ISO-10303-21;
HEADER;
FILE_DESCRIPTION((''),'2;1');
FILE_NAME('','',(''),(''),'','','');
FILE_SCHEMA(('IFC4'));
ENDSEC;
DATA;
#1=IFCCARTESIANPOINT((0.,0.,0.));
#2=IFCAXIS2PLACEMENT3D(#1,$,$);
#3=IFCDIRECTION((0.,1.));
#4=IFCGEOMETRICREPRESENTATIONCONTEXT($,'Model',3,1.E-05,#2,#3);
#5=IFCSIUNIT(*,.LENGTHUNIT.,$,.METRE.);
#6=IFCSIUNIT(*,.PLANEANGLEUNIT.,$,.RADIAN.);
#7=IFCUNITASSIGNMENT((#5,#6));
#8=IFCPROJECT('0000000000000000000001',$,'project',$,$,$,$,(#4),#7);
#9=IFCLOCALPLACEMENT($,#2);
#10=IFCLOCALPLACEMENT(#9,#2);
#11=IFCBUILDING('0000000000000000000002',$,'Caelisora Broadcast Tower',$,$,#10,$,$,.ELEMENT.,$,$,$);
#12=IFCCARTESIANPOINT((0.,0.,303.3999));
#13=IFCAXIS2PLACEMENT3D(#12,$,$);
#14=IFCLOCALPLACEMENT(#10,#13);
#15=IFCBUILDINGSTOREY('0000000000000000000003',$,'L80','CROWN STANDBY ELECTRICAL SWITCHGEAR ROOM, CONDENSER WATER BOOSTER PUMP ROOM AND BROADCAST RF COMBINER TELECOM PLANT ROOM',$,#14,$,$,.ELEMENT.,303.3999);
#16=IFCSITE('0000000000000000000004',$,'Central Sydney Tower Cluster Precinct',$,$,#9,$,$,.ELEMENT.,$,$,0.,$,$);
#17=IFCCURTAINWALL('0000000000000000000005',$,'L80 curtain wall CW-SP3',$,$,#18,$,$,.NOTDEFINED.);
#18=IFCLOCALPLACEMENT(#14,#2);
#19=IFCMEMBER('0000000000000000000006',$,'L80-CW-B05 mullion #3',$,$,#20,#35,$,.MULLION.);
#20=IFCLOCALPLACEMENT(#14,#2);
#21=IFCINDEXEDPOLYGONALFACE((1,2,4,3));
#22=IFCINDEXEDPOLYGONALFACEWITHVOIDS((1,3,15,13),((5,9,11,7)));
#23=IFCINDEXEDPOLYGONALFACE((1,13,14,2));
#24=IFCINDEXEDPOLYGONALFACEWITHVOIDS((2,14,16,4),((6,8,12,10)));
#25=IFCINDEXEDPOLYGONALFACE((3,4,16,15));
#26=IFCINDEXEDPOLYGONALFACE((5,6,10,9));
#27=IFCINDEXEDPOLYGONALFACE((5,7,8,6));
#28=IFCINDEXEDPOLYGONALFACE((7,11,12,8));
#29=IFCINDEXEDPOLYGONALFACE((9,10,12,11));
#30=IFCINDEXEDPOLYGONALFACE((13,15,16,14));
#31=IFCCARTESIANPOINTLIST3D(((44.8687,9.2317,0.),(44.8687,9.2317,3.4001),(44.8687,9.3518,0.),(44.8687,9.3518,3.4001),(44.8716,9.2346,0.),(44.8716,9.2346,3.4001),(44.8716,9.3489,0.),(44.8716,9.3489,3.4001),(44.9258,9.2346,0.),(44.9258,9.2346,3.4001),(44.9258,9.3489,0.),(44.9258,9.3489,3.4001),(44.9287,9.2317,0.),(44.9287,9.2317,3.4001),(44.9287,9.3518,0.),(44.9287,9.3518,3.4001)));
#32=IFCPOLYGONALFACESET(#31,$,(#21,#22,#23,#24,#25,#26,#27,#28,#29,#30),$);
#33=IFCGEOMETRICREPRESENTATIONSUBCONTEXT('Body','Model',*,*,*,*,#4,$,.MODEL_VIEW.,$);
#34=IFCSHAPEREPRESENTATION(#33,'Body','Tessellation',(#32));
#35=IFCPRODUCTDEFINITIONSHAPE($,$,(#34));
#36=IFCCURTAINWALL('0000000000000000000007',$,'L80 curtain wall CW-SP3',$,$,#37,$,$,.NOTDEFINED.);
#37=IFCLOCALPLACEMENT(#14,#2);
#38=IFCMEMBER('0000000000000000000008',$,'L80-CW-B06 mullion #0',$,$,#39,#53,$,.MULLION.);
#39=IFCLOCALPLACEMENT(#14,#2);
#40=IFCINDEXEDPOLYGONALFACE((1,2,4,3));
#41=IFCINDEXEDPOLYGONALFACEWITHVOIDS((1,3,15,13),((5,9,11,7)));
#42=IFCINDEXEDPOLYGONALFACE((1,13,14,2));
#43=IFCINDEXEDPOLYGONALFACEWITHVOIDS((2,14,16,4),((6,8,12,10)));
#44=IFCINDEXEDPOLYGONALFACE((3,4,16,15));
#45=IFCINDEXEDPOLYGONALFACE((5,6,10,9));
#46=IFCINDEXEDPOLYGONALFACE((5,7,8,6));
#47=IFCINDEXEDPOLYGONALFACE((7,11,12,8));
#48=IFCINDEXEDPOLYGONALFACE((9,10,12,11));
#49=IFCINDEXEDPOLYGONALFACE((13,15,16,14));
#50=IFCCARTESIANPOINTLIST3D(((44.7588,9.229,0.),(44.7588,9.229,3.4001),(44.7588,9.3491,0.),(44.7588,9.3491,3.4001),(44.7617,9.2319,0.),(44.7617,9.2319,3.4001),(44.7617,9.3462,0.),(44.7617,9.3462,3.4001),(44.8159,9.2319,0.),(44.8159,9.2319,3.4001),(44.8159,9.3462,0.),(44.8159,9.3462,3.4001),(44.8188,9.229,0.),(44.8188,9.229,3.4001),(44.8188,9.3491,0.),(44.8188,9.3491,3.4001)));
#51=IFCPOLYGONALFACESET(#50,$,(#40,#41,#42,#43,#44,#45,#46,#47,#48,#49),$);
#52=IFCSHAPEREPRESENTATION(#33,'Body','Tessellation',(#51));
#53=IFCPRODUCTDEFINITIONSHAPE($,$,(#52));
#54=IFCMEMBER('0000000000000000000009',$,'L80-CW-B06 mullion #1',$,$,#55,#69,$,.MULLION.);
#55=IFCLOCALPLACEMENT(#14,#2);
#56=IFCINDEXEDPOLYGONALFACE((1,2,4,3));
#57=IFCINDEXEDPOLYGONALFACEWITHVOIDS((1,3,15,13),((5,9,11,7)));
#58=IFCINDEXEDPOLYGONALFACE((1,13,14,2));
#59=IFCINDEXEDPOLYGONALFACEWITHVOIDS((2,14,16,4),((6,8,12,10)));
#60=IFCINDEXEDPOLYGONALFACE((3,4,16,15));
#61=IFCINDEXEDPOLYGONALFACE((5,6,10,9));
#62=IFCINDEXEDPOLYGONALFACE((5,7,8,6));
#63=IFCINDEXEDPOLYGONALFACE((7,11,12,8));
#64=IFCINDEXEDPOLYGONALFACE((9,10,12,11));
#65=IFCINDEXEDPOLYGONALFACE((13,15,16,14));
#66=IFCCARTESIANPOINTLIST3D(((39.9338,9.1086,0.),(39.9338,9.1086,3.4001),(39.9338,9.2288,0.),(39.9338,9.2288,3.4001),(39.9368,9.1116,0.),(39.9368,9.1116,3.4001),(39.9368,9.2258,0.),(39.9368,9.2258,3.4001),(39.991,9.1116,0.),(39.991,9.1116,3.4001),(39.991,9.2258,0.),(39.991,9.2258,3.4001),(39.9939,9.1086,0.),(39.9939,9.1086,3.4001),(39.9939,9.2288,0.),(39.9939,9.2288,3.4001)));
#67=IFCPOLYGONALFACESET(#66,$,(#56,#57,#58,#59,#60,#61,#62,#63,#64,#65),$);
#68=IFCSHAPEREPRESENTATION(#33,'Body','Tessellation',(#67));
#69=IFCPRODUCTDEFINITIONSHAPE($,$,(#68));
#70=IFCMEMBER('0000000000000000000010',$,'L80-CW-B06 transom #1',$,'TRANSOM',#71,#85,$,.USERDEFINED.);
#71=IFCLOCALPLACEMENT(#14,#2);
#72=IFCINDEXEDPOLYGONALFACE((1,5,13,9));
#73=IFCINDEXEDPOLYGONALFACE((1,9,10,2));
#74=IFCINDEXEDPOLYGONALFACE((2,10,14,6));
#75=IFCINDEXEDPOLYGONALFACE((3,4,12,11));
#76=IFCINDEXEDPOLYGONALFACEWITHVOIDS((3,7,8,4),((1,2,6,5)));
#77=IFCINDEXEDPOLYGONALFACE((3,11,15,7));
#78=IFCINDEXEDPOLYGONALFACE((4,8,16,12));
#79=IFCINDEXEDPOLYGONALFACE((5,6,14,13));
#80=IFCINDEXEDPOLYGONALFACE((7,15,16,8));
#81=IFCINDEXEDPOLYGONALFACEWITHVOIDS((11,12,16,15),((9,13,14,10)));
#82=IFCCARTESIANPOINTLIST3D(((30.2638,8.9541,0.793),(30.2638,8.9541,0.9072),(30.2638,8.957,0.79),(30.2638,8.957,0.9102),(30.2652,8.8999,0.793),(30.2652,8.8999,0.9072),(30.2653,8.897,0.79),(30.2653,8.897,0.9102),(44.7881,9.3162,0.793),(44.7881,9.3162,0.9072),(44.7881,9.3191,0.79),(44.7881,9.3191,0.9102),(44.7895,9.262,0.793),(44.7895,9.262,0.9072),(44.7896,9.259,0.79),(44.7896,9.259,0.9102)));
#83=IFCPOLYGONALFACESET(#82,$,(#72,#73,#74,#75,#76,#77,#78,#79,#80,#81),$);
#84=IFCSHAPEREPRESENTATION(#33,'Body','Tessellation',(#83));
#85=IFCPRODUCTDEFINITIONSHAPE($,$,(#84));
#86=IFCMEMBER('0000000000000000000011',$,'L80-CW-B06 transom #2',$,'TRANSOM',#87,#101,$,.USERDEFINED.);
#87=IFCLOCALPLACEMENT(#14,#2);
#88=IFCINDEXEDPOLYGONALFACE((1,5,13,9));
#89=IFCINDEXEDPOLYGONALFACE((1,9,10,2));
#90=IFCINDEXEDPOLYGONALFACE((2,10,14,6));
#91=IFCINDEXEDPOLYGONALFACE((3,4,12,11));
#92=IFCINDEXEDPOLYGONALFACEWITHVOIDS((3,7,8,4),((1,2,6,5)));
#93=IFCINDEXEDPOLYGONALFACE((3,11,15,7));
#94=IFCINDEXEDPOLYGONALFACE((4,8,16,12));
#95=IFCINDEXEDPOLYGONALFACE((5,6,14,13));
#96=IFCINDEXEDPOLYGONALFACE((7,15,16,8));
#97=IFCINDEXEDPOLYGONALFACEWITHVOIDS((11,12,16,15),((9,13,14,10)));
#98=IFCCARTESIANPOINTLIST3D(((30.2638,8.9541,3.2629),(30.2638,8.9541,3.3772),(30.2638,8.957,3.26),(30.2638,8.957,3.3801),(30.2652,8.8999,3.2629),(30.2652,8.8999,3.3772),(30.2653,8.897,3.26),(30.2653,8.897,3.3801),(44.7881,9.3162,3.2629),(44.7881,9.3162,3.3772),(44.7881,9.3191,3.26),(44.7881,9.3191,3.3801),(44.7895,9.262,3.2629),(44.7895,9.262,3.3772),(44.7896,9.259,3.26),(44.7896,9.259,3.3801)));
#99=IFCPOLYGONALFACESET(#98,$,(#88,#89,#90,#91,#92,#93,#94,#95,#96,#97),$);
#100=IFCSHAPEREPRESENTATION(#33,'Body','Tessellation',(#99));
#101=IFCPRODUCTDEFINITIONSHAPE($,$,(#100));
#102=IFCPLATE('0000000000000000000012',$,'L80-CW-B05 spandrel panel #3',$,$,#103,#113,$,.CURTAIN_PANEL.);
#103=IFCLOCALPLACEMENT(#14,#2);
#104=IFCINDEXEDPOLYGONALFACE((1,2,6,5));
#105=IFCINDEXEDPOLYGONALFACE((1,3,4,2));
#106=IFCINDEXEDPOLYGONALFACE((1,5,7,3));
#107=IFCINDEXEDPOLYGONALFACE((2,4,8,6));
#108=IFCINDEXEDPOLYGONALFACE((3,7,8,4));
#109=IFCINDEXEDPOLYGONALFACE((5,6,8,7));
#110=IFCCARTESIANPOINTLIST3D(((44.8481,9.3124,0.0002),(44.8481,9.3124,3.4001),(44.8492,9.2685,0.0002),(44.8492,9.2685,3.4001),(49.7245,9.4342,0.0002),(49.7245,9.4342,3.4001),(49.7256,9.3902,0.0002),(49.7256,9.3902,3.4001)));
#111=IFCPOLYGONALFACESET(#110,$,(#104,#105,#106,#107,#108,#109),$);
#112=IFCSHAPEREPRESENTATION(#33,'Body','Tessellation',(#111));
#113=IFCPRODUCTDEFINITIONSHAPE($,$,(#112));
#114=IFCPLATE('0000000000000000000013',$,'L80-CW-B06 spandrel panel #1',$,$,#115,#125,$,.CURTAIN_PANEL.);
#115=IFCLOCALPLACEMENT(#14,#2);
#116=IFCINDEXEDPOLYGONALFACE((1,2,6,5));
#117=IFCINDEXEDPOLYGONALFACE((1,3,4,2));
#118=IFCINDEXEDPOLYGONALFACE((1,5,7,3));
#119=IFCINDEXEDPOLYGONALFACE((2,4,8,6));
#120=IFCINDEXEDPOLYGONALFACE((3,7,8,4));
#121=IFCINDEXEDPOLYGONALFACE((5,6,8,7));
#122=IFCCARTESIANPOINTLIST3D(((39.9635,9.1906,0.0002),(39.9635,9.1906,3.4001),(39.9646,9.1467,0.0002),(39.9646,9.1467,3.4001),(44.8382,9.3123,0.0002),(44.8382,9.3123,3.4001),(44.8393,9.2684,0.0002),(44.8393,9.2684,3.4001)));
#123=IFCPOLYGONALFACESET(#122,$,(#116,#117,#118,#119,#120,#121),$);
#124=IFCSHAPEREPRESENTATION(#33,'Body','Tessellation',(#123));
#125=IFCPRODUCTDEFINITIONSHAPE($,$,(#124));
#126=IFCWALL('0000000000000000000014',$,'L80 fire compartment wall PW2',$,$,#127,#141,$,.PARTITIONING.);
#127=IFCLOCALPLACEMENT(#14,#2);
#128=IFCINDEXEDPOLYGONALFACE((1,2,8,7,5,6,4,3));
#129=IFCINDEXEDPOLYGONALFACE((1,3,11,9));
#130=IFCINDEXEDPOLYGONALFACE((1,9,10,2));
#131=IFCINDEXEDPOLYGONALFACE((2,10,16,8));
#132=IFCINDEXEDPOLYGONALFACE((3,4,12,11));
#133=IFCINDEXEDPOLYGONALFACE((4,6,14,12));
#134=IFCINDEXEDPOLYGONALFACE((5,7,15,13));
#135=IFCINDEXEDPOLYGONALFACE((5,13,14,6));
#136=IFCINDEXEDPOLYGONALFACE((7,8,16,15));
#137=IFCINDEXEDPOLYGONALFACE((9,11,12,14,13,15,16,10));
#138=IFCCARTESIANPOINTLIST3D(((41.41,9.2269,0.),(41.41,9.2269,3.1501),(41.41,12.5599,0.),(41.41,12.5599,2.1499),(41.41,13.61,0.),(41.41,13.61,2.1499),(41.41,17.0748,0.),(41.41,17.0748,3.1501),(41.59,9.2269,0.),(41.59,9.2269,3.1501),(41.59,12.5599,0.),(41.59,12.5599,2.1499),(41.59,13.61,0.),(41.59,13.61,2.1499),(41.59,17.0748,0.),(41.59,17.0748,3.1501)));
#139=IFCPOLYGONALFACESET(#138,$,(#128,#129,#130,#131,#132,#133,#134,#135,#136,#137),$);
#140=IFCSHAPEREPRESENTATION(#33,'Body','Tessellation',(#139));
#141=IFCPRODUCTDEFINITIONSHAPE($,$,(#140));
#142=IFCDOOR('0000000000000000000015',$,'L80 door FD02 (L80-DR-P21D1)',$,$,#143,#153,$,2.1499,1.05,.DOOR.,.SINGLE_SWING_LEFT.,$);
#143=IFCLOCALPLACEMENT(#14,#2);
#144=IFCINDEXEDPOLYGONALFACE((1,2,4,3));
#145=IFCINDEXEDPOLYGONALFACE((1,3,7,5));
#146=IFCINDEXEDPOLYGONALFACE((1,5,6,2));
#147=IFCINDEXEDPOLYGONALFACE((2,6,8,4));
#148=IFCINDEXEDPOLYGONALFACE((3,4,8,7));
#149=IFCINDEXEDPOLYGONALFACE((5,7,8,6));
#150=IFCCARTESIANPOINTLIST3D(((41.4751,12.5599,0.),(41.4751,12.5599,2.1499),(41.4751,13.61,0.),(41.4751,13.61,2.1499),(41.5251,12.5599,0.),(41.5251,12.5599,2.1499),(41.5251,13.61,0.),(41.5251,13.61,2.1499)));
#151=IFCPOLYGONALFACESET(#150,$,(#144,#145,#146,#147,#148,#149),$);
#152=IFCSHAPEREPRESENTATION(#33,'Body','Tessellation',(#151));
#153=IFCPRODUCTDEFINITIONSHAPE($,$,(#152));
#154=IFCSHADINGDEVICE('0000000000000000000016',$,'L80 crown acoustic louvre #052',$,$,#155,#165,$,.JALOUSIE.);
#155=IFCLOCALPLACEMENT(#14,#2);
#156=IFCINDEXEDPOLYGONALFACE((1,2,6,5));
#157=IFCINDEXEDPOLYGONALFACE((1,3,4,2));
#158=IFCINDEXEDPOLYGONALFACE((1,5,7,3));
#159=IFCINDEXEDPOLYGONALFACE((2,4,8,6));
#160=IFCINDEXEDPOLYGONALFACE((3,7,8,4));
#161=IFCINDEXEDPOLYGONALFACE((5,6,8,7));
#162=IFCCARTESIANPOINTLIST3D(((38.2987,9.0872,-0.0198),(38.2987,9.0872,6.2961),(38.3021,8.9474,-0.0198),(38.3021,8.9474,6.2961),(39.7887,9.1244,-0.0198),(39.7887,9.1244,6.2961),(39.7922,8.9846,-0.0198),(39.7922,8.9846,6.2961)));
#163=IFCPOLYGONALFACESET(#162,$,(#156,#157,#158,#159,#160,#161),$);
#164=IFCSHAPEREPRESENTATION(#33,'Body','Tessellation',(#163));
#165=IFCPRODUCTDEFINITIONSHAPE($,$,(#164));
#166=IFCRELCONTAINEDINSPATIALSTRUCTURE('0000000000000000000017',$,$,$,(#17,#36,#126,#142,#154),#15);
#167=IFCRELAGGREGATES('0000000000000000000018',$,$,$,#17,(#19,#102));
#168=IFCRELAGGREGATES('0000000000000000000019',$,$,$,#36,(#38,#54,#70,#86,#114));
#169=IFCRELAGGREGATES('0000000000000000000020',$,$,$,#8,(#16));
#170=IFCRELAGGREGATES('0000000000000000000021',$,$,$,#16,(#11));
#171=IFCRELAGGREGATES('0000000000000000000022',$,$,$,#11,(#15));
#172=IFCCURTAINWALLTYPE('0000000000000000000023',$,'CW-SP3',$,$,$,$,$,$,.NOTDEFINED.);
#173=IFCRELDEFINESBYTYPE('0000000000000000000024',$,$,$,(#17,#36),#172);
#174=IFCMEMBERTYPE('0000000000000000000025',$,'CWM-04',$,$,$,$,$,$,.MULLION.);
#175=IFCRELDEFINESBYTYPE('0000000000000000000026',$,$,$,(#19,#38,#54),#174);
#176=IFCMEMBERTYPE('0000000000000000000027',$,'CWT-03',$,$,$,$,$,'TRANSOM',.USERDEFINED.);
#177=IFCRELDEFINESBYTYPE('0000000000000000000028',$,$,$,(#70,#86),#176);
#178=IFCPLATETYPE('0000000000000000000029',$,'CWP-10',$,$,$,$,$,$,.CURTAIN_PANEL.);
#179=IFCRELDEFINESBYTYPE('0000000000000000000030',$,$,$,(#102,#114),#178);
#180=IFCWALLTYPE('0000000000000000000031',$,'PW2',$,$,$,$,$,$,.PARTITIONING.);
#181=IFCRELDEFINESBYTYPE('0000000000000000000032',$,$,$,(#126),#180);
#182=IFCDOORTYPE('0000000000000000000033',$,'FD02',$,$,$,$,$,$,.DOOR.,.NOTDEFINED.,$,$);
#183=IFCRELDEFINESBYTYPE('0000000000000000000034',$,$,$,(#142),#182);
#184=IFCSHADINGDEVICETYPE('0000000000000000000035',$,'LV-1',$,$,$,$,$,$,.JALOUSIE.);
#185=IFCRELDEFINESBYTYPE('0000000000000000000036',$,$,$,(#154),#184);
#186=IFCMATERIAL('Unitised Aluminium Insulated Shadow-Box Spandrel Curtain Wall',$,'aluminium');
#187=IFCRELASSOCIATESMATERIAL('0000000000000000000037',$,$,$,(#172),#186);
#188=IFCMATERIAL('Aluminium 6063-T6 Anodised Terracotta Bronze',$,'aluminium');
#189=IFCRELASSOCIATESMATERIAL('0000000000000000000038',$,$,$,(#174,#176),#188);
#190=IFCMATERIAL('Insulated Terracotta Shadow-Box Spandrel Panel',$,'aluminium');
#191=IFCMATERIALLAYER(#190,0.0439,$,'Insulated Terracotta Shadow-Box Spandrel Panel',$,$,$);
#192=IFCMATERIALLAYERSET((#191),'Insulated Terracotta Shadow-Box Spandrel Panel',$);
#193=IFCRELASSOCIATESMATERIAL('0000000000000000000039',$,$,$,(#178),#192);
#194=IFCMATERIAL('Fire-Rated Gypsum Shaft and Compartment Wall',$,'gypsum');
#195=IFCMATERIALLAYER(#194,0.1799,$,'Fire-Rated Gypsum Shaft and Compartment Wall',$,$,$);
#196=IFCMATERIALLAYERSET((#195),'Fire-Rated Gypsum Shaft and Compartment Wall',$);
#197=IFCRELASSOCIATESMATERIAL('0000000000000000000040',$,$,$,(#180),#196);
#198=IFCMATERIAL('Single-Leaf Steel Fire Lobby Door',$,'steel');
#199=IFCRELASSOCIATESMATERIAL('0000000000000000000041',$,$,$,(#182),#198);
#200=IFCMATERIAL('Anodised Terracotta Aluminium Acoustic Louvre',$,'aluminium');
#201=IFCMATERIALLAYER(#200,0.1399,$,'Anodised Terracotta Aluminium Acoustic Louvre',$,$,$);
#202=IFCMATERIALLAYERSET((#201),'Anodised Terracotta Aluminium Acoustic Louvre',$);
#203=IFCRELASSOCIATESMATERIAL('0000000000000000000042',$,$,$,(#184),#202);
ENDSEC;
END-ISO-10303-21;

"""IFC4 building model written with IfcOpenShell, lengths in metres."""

from ifc_helpers import new_model, si_unit, direction, frame, frame_2d, origin, origin_2d, place, context, subcontext, project, spatial, rectangle, hollow_rectangle, extrude, source, transform, mapped, material, layer, layer_set, material_profile, profile_set, type_object, type_shapes, element, fill, aggregate, save


model = new_model("IFC4")

# Units and contexts
model_context = context("Model", 3, precision=1e-05, world=origin(), true_north=direction((0.0, 1.0)))
body_context = subcontext(model_context, "Body", "Model", "MODEL_VIEW")
ifc_project = project(units=[si_unit("LENGTHUNIT", "METRE"), si_unit("PLANEANGLEUNIT", "RADIAN")], contexts=[model_context])

# Site, building, storey
site_placement = place(None, origin())
site = spatial("IfcSite", under=ifc_project, at=site_placement, Name="Central Sydney Tower Cluster Precinct", CompositionType="ELEMENT", RefElevation=0.0)
building_placement = place(site_placement, origin())
building = spatial("IfcBuilding", under=site, at=building_placement, Name="Caelisora Broadcast Tower", CompositionType="ELEMENT")
storey_placement = place(building_placement, frame((0.0, 0.0, 303.3999)))
storey = spatial("IfcBuildingStorey", under=building, at=storey_placement, Name="L80", Description="CROWN STANDBY ELECTRICAL SWITCHGEAR ROOM, CONDENSER WATER BOOSTER PUMP ROOM AND BROADCAST RF COMBINER TELECOM PLANT ROOM", CompositionType="ELEMENT", Elevation=303.3999)

# Curtain wall, member
ifc_material_1 = material(Name="Unitised Aluminium Insulated Shadow-Box Spandrel Curtain Wall", Category="aluminium")
curtain_wall_type = type_object("IfcCurtainWallType", Name="CW-SP3", PredefinedType="NOTDEFINED", material=ifc_material_1)
curtain_wall_1_placement = place(storey_placement, origin())
curtain_wall_1 = element("IfcCurtainWall", 1, at=curtain_wall_1_placement, inside=storey, type_object=curtain_wall_type, Name="L80 curtain wall CW-SP3", PredefinedType="NOTDEFINED")
ifc_material_2 = material(Name="Aluminium 6063-T6 Anodised Terracotta Bronze", Category="aluminium")
ifc_material_profile_1 = material_profile(ifc_material_2, hollow_rectangle(XDim=0.0601, YDim=0.1201, WallThickness=0.0029, at=origin_2d()), Name="Aluminium 6063-T6 Anodised Terracotta Bronze")
ifc_profile_set_1 = profile_set([ifc_material_profile_1], Name="Aluminium 6063-T6 Anodised Terracotta Bronze")
member_type_1 = type_object("IfcMemberType", Name="CWM-04", PredefinedType="MULLION", material=ifc_profile_set_1)
shared_shape_1 = source(origin(), body_context, "Body", "SweptSolid", [
    extrude(hollow_rectangle(XDim=0.0601, YDim=0.1201, WallThickness=0.0029, at=origin_2d()), origin(), (0.0, 0.0, 1.0), 3.4001),
])
type_shapes(member_type_1, [shared_shape_1])
member_1_placement = place(storey_placement, frame((44.8987, 9.2917, 0.0), z_axis=(0.0, 0.0, 1.0), x_axis=(1.0, 0.0, 0.0)))
member_1 = element("IfcMember", 2, at=member_1_placement, type_object=member_type_1, Name="L80-CW-B05 mullion #3", PredefinedType="MULLION", context=body_context, shape_type="MappedRepresentation", body=[
    mapped(shared_shape_1, transform((0.0, 0.0, 0.0), scale=1.0)),
])

# Curtain wall, members
curtain_wall_2_placement = place(storey_placement, origin())
curtain_wall_2 = element("IfcCurtainWall", 3, at=curtain_wall_2_placement, inside=storey, type_object=curtain_wall_type, Name="L80 curtain wall CW-SP3", PredefinedType="NOTDEFINED")
member_2_placement = place(storey_placement, frame((44.7888, 9.2891, 0.0), z_axis=(0.0, 0.0, 1.0), x_axis=(1.0, 0.0, 0.0)))
member_2 = element("IfcMember", 4, at=member_2_placement, type_object=member_type_1, Name="L80-CW-B06 mullion #0", PredefinedType="MULLION", context=body_context, shape_type="MappedRepresentation", body=[
    mapped(shared_shape_1, transform((0.0, 0.0, 0.0), scale=1.0)),
])
member_3_placement = place(storey_placement, frame((39.9639, 9.1687, 0.0), z_axis=(0.0, 0.0, 1.0), x_axis=(1.0, 0.0, 0.0)))
member_3 = element("IfcMember", 5, at=member_3_placement, type_object=member_type_1, Name="L80-CW-B06 mullion #1", PredefinedType="MULLION", context=body_context, shape_type="MappedRepresentation", body=[
    mapped(shared_shape_1, transform((0.0, 0.0, 0.0), scale=1.0)),
])
ifc_material_profile_2 = material_profile(ifc_material_2, hollow_rectangle(XDim=0.0601, YDim=0.1201, WallThickness=0.0029, at=origin_2d()), Name="Aluminium 6063-T6 Anodised Terracotta Bronze")
ifc_profile_set_2 = profile_set([ifc_material_profile_2], Name="Aluminium 6063-T6 Anodised Terracotta Bronze")
member_type_2 = type_object("IfcMemberType", Name="CWT-03", ElementType="TRANSOM", PredefinedType="USERDEFINED", material=ifc_profile_set_2)
shared_shape_2 = source(origin(), body_context, "Body", "SweptSolid", [
    extrude(hollow_rectangle(XDim=0.0601, YDim=0.1201, WallThickness=0.0029, at=origin_2d()), origin(), (0.0, 0.0, 1.0), 14.5288),
])
type_shapes(member_type_2, [shared_shape_2])
member_4_placement = place(storey_placement, frame((44.7888, 9.2891, 0.8501), z_axis=(-0.999689, -0.02492, 0.0), x_axis=(0.02492, -0.999689, 0.0)))
member_4 = element("IfcMember", 6, at=member_4_placement, type_object=member_type_2, Name="L80-CW-B06 transom #1", ObjectType="TRANSOM", PredefinedType="USERDEFINED", context=body_context, shape_type="MappedRepresentation", body=[
    mapped(shared_shape_2, transform((0.0, 0.0, 0.0), scale=1.0)),
])
member_5_placement = place(storey_placement, frame((44.7888, 9.2891, 3.3201), z_axis=(-0.999689, -0.02492, 0.0), x_axis=(0.02492, -0.999689, 0.0)))
member_5 = element("IfcMember", 7, at=member_5_placement, type_object=member_type_2, Name="L80-CW-B06 transom #2", ObjectType="TRANSOM", PredefinedType="USERDEFINED", context=body_context, shape_type="MappedRepresentation", body=[
    mapped(shared_shape_2, transform((0.0, 0.0, 0.0), scale=1.0)),
])

# Plates
ifc_material_3 = material(Name="Insulated Terracotta Shadow-Box Spandrel Panel", Category="aluminium")
ifc_layer_1 = layer(ifc_material_3, 0.0439, Name="Insulated Terracotta Shadow-Box Spandrel Panel")
ifc_layer_set_1 = layer_set([ifc_layer_1], Name="Insulated Terracotta Shadow-Box Spandrel Panel")
plate_type = type_object("IfcPlateType", Name="CWP-10", PredefinedType="CURTAIN_PANEL", material=ifc_layer_set_1)
shared_shape_3 = source(origin(), body_context, "Body", "SweptSolid", [
    extrude(rectangle(XDim=4.8779, YDim=0.0439, at=origin_2d()), origin(), (0.0, 0.0, 1.0), 3.3999),
])
plate_1_placement = place(storey_placement, frame((47.2869, 9.3513, 0.0002), z_axis=(0.0, 0.0, 1.0), x_axis=(-0.999689, -0.024956, 0.0)))
plate_1 = element("IfcPlate", 8, at=plate_1_placement, type_object=plate_type, Name="L80-CW-B05 spandrel panel #3", PredefinedType="CURTAIN_PANEL", context=body_context, shape_type="MappedRepresentation", body=[
    mapped(shared_shape_3, transform((0.0, 0.0, 0.0), scale=1.0)),
])
aggregate(curtain_wall_1, [member_1, plate_1])
shared_shape_4 = source(origin(), body_context, "Body", "SweptSolid", [
    extrude(rectangle(XDim=4.8762, YDim=0.0439, at=origin_2d()), origin(), (0.0, 0.0, 1.0), 3.3999),
])
type_shapes(plate_type, [shared_shape_3, shared_shape_4])
plate_2_placement = place(storey_placement, frame((42.4014, 9.2295, 0.0002), z_axis=(0.0, 0.0, 1.0), x_axis=(-0.999689, -0.024956, 0.0)))
plate_2 = element("IfcPlate", 9, at=plate_2_placement, type_object=plate_type, Name="L80-CW-B06 spandrel panel #1", PredefinedType="CURTAIN_PANEL", context=body_context, shape_type="MappedRepresentation", body=[
    mapped(shared_shape_4, transform((0.0, 0.0, 0.0), scale=1.0)),
])
aggregate(curtain_wall_2, [member_2, member_3, member_4, member_5, plate_2])

# Wall, opening, door
ifc_material_4 = material(Name="Fire-Rated Gypsum Shaft and Compartment Wall", Category="gypsum")
ifc_layer_2 = layer(ifc_material_4, 0.1799, Name="Fire-Rated Gypsum Shaft and Compartment Wall")
ifc_layer_set_2 = layer_set([ifc_layer_2], Name="Fire-Rated Gypsum Shaft and Compartment Wall")
wall_type = type_object("IfcWallType", Name="PW2", PredefinedType="PARTITIONING", material=ifc_layer_set_2)
wall_placement = place(storey_placement, frame((41.5, 9.2271, 0.0), z_axis=(0.0, 0.0, 1.0), x_axis=(0.0, 1.0, 0.0)))
wall = element("IfcWall", 10, at=wall_placement, inside=storey, type_object=wall_type, Name="L80 fire compartment wall PW2", PredefinedType="PARTITIONING", context=body_context, shape_type="SweptSolid", body=[
    extrude(rectangle(XDim=7.8479, YDim=0.1799, at=frame_2d((3.9238, 0.0))), origin(), (0.0, 0.0, 1.0), 3.1501),
])
opening_placement = place(wall_placement, frame((3.333, 0.0, 0.0)))
opening = element("IfcOpeningElement", 11, at=opening_placement, cuts=wall, PredefinedType="OPENING", context=body_context, shape_type="SweptSolid", body=[
    extrude(rectangle(XDim=1.05, YDim=2.1499, at=frame_2d((0.5249, 1.075))), frame((0.0, 0.1021, 0.0), z_axis=(0.0, -1.0, 0.0), x_axis=(1.0, 0.0, 0.0)), (0.0, 0.0, 1.0), 0.2039),
])
ifc_material_5 = material(Name="Single-Leaf Steel Fire Lobby Door", Category="steel")
door_type = type_object("IfcDoorType", Name="FD02", OperationType="NOTDEFINED", PredefinedType="DOOR", material=ifc_material_5)
door_placement = place(opening_placement, origin())
door = element("IfcDoor", 12, at=door_placement, inside=storey, type_object=door_type, Name="L80 door FD02 (L80-DR-P21D1)", OperationType="SINGLE_SWING_LEFT", OverallHeight=2.1499, OverallWidth=1.05, PredefinedType="DOOR", context=body_context, shape_type="SweptSolid", body=[
    extrude(rectangle(XDim=1.05, YDim=2.1499, at=frame_2d((0.5249, 1.075))), frame((0.0, 0.0249, 0.0), z_axis=(0.0, -1.0, 0.0), x_axis=(1.0, 0.0, 0.0)), (0.0, 0.0, 1.0), 0.05),
])
fill(opening, door)

# Shading device
ifc_material_6 = material(Name="Anodised Terracotta Aluminium Acoustic Louvre", Category="aluminium")
ifc_layer_3 = layer(ifc_material_6, 0.1399, Name="Anodised Terracotta Aluminium Acoustic Louvre")
ifc_layer_set_3 = layer_set([ifc_layer_3], Name="Anodised Terracotta Aluminium Acoustic Louvre")
shading_device_type = type_object("IfcShadingDeviceType", Name="LV-1", PredefinedType="JALOUSIE", material=ifc_layer_set_3)
shared_shape_5 = source(origin(), body_context, "Body", "SweptSolid", [
    extrude(rectangle(XDim=1.4905, YDim=0.1399, at=origin_2d()), origin(), (0.0, 0.0, 1.0), 6.3159),
])
shading_device_1_placement = place(storey_placement, frame((39.0454, 9.0359, -0.0198), z_axis=(0.0, 0.0, 1.0), x_axis=(0.999689, 0.024956, 0.0)))
element("IfcShadingDevice", 13, at=shading_device_1_placement, inside=storey, type_object=shading_device_type, Name="L80 crown acoustic louvre #052", PredefinedType="JALOUSIE", context=body_context, shape_type="MappedRepresentation", body=[
    mapped(shared_shape_5, transform((0.0, 0.0, 0.0), scale=1.0)),
])

save(model, "model.ifc")
